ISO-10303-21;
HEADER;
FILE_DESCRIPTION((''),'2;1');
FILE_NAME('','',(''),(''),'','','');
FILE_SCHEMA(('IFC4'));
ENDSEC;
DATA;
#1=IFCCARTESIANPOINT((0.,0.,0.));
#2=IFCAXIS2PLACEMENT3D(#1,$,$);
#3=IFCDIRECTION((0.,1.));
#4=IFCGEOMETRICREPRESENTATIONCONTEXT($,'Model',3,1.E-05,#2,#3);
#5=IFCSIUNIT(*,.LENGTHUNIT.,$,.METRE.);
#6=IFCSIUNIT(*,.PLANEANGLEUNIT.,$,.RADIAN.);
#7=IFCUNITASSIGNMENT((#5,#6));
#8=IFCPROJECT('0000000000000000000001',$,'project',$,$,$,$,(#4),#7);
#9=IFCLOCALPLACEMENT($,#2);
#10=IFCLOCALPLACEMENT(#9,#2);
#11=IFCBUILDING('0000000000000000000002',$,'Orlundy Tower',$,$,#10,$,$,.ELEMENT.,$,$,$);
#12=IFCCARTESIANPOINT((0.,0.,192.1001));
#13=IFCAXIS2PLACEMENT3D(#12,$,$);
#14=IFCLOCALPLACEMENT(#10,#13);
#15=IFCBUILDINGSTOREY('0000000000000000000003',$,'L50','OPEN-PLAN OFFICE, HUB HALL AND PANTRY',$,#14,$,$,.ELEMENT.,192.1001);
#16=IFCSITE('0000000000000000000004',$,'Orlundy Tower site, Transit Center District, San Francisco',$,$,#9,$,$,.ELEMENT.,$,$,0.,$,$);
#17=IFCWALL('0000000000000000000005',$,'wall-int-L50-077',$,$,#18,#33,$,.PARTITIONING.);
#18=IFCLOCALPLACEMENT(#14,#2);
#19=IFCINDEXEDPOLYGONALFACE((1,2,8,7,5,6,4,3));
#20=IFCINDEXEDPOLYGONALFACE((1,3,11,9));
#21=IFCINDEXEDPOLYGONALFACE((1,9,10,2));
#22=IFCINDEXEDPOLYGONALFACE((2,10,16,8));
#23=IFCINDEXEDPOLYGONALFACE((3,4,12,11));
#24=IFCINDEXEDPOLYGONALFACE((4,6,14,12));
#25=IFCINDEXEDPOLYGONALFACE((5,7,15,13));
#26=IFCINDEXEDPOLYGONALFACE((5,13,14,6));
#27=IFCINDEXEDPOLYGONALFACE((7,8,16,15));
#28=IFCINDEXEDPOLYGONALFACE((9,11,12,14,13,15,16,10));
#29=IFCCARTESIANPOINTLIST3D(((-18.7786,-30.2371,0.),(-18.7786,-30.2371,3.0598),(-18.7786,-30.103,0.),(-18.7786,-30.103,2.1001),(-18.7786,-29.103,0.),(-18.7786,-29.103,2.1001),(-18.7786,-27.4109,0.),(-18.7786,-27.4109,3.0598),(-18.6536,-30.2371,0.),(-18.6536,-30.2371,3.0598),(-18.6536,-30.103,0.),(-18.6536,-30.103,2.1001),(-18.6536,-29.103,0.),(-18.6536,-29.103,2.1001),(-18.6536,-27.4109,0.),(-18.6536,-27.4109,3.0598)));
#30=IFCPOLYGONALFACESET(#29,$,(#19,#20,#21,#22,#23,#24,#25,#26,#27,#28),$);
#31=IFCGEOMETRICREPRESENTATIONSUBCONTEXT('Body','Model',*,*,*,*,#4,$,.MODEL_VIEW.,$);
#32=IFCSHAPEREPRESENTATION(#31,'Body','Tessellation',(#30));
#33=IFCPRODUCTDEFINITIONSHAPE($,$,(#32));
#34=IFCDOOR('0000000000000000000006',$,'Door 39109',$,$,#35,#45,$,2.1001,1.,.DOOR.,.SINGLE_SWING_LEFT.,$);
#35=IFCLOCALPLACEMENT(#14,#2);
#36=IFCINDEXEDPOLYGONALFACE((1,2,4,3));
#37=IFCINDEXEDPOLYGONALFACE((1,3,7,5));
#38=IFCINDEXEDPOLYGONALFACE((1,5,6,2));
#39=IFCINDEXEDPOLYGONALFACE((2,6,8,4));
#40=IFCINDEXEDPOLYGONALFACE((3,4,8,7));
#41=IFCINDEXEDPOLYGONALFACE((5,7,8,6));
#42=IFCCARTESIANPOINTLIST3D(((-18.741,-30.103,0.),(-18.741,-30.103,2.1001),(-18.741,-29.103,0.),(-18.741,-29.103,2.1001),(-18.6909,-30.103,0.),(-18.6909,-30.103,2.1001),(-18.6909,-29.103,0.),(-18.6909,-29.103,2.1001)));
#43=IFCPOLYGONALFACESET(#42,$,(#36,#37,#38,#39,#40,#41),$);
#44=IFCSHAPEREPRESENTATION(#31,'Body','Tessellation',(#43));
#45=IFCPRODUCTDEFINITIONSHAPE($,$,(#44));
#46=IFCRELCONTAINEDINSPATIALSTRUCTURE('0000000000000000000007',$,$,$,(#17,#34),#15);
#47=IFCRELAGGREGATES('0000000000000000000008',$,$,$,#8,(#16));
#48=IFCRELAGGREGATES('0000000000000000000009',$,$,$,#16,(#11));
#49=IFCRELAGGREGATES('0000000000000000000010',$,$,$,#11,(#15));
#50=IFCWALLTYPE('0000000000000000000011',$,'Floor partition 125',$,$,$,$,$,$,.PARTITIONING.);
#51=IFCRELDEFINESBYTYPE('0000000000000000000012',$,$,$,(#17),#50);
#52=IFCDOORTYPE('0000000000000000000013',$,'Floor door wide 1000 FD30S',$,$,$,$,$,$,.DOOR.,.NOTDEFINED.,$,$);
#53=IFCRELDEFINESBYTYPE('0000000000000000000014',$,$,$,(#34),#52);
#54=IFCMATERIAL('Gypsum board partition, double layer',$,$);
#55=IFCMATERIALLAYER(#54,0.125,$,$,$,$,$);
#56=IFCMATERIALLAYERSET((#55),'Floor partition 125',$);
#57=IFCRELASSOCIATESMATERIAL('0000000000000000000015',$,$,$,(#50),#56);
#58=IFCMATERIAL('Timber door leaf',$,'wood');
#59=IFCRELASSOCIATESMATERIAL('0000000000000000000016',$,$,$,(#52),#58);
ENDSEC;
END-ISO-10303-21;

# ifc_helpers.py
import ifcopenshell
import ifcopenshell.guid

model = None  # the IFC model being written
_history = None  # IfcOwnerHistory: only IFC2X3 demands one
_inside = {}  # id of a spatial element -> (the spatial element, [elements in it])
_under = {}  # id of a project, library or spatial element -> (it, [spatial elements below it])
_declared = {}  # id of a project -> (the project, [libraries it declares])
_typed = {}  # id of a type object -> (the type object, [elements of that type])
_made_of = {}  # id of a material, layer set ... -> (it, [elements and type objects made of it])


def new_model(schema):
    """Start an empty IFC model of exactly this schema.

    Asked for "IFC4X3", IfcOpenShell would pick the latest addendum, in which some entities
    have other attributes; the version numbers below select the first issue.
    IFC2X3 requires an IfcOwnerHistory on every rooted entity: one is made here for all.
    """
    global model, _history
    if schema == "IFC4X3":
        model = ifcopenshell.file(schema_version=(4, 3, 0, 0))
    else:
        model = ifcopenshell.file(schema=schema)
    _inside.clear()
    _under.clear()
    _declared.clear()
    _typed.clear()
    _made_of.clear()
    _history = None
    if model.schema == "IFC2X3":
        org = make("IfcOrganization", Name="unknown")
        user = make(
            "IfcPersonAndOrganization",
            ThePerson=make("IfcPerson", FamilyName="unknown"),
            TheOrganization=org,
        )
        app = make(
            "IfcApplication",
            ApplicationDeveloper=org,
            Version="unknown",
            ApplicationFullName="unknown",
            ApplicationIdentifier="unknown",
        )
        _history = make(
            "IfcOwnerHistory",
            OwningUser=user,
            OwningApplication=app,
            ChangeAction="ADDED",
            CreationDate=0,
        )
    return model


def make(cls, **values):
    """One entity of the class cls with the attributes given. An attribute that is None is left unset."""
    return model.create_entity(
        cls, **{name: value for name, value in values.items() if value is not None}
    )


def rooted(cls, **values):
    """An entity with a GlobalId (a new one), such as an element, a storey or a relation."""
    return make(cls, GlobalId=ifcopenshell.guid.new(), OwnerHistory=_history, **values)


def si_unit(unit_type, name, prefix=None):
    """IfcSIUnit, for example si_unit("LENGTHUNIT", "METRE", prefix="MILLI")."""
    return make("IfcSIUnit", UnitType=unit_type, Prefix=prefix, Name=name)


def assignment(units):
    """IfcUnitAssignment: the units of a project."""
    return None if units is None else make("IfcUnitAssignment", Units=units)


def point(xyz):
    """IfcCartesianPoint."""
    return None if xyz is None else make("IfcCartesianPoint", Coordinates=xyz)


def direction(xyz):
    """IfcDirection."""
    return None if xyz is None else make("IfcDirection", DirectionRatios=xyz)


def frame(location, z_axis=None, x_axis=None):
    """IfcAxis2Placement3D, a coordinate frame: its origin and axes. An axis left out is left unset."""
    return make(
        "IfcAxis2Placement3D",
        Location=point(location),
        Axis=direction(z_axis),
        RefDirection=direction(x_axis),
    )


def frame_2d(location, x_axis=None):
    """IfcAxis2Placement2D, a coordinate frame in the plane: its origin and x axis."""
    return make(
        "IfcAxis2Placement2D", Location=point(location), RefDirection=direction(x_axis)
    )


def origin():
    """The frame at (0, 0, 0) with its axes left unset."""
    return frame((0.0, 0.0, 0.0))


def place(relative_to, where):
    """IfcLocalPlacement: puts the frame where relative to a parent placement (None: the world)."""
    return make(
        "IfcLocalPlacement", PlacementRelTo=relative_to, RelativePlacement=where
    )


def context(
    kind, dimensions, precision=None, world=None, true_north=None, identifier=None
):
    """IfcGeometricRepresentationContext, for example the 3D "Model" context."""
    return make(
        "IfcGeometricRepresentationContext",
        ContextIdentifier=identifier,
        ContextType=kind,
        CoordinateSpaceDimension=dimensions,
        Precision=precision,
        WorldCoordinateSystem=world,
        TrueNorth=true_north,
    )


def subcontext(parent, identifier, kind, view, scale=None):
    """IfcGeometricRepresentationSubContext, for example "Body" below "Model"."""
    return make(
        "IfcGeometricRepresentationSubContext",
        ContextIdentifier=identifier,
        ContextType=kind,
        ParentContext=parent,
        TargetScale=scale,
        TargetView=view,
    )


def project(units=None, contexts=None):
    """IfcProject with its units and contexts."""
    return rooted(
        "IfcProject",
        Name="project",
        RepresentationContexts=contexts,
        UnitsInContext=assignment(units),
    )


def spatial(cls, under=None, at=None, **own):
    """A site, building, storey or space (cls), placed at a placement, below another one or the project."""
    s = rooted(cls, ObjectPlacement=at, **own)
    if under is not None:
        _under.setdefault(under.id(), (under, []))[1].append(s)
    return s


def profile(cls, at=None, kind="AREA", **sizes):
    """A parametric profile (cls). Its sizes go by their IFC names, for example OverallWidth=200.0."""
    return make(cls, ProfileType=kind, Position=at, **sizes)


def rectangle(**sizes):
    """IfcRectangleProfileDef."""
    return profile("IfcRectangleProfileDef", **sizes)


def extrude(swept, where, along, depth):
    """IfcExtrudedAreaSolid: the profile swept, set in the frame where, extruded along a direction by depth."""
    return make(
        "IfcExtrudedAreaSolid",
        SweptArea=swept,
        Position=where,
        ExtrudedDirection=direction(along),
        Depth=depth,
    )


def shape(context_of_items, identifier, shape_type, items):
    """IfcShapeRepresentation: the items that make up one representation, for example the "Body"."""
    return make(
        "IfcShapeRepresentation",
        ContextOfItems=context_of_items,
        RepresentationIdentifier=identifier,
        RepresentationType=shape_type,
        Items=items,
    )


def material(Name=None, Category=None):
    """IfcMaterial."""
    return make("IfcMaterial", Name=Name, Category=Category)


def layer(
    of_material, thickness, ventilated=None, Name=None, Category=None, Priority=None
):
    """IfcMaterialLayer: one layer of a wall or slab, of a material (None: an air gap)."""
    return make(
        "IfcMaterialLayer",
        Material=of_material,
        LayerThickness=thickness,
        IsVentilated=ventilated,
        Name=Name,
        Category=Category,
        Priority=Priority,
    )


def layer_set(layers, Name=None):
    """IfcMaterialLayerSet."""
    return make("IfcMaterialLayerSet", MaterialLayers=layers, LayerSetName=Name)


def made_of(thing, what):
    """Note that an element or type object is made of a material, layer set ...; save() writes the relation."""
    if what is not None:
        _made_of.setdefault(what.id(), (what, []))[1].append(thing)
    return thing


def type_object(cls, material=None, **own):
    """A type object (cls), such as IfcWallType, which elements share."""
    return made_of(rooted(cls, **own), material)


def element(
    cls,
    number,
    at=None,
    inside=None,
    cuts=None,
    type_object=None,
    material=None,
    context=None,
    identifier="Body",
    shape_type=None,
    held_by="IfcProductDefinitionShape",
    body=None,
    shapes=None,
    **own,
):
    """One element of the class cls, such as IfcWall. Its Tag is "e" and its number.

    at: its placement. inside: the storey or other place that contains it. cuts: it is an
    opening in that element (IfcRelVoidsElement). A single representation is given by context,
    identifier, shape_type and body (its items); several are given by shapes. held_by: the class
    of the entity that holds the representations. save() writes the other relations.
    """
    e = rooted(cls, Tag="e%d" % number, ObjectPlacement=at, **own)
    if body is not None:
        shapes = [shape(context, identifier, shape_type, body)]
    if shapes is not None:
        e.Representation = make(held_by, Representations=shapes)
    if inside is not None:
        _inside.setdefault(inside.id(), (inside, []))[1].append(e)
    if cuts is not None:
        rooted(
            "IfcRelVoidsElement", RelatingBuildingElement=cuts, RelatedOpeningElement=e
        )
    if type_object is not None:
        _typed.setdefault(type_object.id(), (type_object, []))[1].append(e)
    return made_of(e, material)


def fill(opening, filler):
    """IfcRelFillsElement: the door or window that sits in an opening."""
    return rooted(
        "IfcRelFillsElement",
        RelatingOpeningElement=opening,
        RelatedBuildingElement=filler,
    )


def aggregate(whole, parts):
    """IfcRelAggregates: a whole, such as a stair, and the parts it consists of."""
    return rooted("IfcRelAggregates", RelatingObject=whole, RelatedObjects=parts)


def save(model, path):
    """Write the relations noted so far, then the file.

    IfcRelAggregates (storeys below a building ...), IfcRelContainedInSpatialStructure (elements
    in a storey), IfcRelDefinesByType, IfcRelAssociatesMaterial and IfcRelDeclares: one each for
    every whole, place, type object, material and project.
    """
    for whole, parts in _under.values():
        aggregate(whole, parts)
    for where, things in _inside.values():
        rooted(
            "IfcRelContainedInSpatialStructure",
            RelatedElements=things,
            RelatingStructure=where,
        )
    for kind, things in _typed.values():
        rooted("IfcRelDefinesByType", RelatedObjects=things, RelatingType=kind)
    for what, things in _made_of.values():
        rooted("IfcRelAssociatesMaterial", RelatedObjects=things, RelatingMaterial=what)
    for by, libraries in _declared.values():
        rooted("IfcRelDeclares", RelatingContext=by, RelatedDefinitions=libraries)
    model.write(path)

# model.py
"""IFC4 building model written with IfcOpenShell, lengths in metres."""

from ifc_helpers import new_model, si_unit, direction, frame, frame_2d, origin, place, context, subcontext, project, spatial, rectangle, extrude, material, layer, layer_set, type_object, element, fill, save


model = new_model("IFC4")

# Units and contexts
model_context = context("Model", 3, precision=1e-05, world=origin(), true_north=direction((0.0, 1.0)))
body_context = subcontext(model_context, "Body", "Model", "MODEL_VIEW")
ifc_project = project(units=[si_unit("LENGTHUNIT", "METRE"), si_unit("PLANEANGLEUNIT", "RADIAN")], contexts=[model_context])

# Site, building, storey
site_placement = place(None, origin())
site = spatial("IfcSite", under=ifc_project, at=site_placement, Name="Orlundy Tower site, Transit Center District, San Francisco", CompositionType="ELEMENT", RefElevation=0.0)
building_placement = place(site_placement, origin())
building = spatial("IfcBuilding", under=site, at=building_placement, Name="Orlundy Tower", CompositionType="ELEMENT")
storey_placement = place(building_placement, frame((0.0, 0.0, 192.1001)))
storey = spatial("IfcBuildingStorey", under=building, at=storey_placement, Name="L50", Description="OPEN-PLAN OFFICE, HUB HALL AND PANTRY", CompositionType="ELEMENT", Elevation=192.1001)

# Shared definitions
ifc_material_1 = material(Name="Gypsum board partition, double layer")
ifc_layer_1 = layer(ifc_material_1, 0.125)
ifc_layer_set_1 = layer_set([ifc_layer_1], Name="Floor partition 125")
wall_type_1 = type_object("IfcWallType", Name="Floor partition 125", PredefinedType="PARTITIONING", material=ifc_layer_set_1)

# Wall, opening, door
wall_1_placement = place(storey_placement, frame((-18.7161, -30.2371, 0.0), z_axis=(0.0, 0.0, 1.0), x_axis=(0.0, 1.0, 0.0)))
wall_1 = element("IfcWall", 1, at=wall_1_placement, inside=storey, type_object=wall_type_1, Name="wall-int-L50-077", PredefinedType="PARTITIONING", context=body_context, shape_type="SweptSolid", body=[
    extrude(rectangle(XDim=2.8262, YDim=0.125, at=frame_2d((1.4131, 0.0))), origin(), (0.0, 0.0, 1.0), 3.0598),
])
opening_1_placement = place(wall_1_placement, frame((0.134, 0.0, 0.0)))
opening_1 = element("IfcOpeningElement", 2, at=opening_1_placement, cuts=wall_1, PredefinedType="OPENING", context=body_context, shape_type="SweptSolid", body=[
    extrude(rectangle(XDim=1.0, YDim=2.1001, at=frame_2d((0.5, 1.05))), frame((0.0, 0.0725, 0.0), z_axis=(0.0, -1.0, 0.0), x_axis=(1.0, 0.0, 0.0)), (0.0, 0.0, 1.0), 0.145),
])
ifc_material_2 = material(Name="Timber door leaf", Category="wood")
door_type_1 = type_object("IfcDoorType", Name="Floor door wide 1000 FD30S", OperationType="NOTDEFINED", PredefinedType="DOOR", material=ifc_material_2)
door_1_placement = place(opening_1_placement, origin())
door_1 = element("IfcDoor", 3, at=door_1_placement, inside=storey, type_object=door_type_1, Name="Door 39109", OperationType="SINGLE_SWING_LEFT", OverallHeight=2.1001, OverallWidth=1.0, PredefinedType="DOOR", context=body_context, shape_type="SweptSolid", body=[
    extrude(rectangle(XDim=1.0, YDim=2.1001, at=frame_2d((0.5, 1.05))), frame((0.0, 0.0249, 0.0), z_axis=(0.0, -1.0, 0.0), x_axis=(1.0, 0.0, 0.0)), (0.0, 0.0, 1.0), 0.05),
])
fill(opening_1, door_1)

save(model, "model.ifc")
